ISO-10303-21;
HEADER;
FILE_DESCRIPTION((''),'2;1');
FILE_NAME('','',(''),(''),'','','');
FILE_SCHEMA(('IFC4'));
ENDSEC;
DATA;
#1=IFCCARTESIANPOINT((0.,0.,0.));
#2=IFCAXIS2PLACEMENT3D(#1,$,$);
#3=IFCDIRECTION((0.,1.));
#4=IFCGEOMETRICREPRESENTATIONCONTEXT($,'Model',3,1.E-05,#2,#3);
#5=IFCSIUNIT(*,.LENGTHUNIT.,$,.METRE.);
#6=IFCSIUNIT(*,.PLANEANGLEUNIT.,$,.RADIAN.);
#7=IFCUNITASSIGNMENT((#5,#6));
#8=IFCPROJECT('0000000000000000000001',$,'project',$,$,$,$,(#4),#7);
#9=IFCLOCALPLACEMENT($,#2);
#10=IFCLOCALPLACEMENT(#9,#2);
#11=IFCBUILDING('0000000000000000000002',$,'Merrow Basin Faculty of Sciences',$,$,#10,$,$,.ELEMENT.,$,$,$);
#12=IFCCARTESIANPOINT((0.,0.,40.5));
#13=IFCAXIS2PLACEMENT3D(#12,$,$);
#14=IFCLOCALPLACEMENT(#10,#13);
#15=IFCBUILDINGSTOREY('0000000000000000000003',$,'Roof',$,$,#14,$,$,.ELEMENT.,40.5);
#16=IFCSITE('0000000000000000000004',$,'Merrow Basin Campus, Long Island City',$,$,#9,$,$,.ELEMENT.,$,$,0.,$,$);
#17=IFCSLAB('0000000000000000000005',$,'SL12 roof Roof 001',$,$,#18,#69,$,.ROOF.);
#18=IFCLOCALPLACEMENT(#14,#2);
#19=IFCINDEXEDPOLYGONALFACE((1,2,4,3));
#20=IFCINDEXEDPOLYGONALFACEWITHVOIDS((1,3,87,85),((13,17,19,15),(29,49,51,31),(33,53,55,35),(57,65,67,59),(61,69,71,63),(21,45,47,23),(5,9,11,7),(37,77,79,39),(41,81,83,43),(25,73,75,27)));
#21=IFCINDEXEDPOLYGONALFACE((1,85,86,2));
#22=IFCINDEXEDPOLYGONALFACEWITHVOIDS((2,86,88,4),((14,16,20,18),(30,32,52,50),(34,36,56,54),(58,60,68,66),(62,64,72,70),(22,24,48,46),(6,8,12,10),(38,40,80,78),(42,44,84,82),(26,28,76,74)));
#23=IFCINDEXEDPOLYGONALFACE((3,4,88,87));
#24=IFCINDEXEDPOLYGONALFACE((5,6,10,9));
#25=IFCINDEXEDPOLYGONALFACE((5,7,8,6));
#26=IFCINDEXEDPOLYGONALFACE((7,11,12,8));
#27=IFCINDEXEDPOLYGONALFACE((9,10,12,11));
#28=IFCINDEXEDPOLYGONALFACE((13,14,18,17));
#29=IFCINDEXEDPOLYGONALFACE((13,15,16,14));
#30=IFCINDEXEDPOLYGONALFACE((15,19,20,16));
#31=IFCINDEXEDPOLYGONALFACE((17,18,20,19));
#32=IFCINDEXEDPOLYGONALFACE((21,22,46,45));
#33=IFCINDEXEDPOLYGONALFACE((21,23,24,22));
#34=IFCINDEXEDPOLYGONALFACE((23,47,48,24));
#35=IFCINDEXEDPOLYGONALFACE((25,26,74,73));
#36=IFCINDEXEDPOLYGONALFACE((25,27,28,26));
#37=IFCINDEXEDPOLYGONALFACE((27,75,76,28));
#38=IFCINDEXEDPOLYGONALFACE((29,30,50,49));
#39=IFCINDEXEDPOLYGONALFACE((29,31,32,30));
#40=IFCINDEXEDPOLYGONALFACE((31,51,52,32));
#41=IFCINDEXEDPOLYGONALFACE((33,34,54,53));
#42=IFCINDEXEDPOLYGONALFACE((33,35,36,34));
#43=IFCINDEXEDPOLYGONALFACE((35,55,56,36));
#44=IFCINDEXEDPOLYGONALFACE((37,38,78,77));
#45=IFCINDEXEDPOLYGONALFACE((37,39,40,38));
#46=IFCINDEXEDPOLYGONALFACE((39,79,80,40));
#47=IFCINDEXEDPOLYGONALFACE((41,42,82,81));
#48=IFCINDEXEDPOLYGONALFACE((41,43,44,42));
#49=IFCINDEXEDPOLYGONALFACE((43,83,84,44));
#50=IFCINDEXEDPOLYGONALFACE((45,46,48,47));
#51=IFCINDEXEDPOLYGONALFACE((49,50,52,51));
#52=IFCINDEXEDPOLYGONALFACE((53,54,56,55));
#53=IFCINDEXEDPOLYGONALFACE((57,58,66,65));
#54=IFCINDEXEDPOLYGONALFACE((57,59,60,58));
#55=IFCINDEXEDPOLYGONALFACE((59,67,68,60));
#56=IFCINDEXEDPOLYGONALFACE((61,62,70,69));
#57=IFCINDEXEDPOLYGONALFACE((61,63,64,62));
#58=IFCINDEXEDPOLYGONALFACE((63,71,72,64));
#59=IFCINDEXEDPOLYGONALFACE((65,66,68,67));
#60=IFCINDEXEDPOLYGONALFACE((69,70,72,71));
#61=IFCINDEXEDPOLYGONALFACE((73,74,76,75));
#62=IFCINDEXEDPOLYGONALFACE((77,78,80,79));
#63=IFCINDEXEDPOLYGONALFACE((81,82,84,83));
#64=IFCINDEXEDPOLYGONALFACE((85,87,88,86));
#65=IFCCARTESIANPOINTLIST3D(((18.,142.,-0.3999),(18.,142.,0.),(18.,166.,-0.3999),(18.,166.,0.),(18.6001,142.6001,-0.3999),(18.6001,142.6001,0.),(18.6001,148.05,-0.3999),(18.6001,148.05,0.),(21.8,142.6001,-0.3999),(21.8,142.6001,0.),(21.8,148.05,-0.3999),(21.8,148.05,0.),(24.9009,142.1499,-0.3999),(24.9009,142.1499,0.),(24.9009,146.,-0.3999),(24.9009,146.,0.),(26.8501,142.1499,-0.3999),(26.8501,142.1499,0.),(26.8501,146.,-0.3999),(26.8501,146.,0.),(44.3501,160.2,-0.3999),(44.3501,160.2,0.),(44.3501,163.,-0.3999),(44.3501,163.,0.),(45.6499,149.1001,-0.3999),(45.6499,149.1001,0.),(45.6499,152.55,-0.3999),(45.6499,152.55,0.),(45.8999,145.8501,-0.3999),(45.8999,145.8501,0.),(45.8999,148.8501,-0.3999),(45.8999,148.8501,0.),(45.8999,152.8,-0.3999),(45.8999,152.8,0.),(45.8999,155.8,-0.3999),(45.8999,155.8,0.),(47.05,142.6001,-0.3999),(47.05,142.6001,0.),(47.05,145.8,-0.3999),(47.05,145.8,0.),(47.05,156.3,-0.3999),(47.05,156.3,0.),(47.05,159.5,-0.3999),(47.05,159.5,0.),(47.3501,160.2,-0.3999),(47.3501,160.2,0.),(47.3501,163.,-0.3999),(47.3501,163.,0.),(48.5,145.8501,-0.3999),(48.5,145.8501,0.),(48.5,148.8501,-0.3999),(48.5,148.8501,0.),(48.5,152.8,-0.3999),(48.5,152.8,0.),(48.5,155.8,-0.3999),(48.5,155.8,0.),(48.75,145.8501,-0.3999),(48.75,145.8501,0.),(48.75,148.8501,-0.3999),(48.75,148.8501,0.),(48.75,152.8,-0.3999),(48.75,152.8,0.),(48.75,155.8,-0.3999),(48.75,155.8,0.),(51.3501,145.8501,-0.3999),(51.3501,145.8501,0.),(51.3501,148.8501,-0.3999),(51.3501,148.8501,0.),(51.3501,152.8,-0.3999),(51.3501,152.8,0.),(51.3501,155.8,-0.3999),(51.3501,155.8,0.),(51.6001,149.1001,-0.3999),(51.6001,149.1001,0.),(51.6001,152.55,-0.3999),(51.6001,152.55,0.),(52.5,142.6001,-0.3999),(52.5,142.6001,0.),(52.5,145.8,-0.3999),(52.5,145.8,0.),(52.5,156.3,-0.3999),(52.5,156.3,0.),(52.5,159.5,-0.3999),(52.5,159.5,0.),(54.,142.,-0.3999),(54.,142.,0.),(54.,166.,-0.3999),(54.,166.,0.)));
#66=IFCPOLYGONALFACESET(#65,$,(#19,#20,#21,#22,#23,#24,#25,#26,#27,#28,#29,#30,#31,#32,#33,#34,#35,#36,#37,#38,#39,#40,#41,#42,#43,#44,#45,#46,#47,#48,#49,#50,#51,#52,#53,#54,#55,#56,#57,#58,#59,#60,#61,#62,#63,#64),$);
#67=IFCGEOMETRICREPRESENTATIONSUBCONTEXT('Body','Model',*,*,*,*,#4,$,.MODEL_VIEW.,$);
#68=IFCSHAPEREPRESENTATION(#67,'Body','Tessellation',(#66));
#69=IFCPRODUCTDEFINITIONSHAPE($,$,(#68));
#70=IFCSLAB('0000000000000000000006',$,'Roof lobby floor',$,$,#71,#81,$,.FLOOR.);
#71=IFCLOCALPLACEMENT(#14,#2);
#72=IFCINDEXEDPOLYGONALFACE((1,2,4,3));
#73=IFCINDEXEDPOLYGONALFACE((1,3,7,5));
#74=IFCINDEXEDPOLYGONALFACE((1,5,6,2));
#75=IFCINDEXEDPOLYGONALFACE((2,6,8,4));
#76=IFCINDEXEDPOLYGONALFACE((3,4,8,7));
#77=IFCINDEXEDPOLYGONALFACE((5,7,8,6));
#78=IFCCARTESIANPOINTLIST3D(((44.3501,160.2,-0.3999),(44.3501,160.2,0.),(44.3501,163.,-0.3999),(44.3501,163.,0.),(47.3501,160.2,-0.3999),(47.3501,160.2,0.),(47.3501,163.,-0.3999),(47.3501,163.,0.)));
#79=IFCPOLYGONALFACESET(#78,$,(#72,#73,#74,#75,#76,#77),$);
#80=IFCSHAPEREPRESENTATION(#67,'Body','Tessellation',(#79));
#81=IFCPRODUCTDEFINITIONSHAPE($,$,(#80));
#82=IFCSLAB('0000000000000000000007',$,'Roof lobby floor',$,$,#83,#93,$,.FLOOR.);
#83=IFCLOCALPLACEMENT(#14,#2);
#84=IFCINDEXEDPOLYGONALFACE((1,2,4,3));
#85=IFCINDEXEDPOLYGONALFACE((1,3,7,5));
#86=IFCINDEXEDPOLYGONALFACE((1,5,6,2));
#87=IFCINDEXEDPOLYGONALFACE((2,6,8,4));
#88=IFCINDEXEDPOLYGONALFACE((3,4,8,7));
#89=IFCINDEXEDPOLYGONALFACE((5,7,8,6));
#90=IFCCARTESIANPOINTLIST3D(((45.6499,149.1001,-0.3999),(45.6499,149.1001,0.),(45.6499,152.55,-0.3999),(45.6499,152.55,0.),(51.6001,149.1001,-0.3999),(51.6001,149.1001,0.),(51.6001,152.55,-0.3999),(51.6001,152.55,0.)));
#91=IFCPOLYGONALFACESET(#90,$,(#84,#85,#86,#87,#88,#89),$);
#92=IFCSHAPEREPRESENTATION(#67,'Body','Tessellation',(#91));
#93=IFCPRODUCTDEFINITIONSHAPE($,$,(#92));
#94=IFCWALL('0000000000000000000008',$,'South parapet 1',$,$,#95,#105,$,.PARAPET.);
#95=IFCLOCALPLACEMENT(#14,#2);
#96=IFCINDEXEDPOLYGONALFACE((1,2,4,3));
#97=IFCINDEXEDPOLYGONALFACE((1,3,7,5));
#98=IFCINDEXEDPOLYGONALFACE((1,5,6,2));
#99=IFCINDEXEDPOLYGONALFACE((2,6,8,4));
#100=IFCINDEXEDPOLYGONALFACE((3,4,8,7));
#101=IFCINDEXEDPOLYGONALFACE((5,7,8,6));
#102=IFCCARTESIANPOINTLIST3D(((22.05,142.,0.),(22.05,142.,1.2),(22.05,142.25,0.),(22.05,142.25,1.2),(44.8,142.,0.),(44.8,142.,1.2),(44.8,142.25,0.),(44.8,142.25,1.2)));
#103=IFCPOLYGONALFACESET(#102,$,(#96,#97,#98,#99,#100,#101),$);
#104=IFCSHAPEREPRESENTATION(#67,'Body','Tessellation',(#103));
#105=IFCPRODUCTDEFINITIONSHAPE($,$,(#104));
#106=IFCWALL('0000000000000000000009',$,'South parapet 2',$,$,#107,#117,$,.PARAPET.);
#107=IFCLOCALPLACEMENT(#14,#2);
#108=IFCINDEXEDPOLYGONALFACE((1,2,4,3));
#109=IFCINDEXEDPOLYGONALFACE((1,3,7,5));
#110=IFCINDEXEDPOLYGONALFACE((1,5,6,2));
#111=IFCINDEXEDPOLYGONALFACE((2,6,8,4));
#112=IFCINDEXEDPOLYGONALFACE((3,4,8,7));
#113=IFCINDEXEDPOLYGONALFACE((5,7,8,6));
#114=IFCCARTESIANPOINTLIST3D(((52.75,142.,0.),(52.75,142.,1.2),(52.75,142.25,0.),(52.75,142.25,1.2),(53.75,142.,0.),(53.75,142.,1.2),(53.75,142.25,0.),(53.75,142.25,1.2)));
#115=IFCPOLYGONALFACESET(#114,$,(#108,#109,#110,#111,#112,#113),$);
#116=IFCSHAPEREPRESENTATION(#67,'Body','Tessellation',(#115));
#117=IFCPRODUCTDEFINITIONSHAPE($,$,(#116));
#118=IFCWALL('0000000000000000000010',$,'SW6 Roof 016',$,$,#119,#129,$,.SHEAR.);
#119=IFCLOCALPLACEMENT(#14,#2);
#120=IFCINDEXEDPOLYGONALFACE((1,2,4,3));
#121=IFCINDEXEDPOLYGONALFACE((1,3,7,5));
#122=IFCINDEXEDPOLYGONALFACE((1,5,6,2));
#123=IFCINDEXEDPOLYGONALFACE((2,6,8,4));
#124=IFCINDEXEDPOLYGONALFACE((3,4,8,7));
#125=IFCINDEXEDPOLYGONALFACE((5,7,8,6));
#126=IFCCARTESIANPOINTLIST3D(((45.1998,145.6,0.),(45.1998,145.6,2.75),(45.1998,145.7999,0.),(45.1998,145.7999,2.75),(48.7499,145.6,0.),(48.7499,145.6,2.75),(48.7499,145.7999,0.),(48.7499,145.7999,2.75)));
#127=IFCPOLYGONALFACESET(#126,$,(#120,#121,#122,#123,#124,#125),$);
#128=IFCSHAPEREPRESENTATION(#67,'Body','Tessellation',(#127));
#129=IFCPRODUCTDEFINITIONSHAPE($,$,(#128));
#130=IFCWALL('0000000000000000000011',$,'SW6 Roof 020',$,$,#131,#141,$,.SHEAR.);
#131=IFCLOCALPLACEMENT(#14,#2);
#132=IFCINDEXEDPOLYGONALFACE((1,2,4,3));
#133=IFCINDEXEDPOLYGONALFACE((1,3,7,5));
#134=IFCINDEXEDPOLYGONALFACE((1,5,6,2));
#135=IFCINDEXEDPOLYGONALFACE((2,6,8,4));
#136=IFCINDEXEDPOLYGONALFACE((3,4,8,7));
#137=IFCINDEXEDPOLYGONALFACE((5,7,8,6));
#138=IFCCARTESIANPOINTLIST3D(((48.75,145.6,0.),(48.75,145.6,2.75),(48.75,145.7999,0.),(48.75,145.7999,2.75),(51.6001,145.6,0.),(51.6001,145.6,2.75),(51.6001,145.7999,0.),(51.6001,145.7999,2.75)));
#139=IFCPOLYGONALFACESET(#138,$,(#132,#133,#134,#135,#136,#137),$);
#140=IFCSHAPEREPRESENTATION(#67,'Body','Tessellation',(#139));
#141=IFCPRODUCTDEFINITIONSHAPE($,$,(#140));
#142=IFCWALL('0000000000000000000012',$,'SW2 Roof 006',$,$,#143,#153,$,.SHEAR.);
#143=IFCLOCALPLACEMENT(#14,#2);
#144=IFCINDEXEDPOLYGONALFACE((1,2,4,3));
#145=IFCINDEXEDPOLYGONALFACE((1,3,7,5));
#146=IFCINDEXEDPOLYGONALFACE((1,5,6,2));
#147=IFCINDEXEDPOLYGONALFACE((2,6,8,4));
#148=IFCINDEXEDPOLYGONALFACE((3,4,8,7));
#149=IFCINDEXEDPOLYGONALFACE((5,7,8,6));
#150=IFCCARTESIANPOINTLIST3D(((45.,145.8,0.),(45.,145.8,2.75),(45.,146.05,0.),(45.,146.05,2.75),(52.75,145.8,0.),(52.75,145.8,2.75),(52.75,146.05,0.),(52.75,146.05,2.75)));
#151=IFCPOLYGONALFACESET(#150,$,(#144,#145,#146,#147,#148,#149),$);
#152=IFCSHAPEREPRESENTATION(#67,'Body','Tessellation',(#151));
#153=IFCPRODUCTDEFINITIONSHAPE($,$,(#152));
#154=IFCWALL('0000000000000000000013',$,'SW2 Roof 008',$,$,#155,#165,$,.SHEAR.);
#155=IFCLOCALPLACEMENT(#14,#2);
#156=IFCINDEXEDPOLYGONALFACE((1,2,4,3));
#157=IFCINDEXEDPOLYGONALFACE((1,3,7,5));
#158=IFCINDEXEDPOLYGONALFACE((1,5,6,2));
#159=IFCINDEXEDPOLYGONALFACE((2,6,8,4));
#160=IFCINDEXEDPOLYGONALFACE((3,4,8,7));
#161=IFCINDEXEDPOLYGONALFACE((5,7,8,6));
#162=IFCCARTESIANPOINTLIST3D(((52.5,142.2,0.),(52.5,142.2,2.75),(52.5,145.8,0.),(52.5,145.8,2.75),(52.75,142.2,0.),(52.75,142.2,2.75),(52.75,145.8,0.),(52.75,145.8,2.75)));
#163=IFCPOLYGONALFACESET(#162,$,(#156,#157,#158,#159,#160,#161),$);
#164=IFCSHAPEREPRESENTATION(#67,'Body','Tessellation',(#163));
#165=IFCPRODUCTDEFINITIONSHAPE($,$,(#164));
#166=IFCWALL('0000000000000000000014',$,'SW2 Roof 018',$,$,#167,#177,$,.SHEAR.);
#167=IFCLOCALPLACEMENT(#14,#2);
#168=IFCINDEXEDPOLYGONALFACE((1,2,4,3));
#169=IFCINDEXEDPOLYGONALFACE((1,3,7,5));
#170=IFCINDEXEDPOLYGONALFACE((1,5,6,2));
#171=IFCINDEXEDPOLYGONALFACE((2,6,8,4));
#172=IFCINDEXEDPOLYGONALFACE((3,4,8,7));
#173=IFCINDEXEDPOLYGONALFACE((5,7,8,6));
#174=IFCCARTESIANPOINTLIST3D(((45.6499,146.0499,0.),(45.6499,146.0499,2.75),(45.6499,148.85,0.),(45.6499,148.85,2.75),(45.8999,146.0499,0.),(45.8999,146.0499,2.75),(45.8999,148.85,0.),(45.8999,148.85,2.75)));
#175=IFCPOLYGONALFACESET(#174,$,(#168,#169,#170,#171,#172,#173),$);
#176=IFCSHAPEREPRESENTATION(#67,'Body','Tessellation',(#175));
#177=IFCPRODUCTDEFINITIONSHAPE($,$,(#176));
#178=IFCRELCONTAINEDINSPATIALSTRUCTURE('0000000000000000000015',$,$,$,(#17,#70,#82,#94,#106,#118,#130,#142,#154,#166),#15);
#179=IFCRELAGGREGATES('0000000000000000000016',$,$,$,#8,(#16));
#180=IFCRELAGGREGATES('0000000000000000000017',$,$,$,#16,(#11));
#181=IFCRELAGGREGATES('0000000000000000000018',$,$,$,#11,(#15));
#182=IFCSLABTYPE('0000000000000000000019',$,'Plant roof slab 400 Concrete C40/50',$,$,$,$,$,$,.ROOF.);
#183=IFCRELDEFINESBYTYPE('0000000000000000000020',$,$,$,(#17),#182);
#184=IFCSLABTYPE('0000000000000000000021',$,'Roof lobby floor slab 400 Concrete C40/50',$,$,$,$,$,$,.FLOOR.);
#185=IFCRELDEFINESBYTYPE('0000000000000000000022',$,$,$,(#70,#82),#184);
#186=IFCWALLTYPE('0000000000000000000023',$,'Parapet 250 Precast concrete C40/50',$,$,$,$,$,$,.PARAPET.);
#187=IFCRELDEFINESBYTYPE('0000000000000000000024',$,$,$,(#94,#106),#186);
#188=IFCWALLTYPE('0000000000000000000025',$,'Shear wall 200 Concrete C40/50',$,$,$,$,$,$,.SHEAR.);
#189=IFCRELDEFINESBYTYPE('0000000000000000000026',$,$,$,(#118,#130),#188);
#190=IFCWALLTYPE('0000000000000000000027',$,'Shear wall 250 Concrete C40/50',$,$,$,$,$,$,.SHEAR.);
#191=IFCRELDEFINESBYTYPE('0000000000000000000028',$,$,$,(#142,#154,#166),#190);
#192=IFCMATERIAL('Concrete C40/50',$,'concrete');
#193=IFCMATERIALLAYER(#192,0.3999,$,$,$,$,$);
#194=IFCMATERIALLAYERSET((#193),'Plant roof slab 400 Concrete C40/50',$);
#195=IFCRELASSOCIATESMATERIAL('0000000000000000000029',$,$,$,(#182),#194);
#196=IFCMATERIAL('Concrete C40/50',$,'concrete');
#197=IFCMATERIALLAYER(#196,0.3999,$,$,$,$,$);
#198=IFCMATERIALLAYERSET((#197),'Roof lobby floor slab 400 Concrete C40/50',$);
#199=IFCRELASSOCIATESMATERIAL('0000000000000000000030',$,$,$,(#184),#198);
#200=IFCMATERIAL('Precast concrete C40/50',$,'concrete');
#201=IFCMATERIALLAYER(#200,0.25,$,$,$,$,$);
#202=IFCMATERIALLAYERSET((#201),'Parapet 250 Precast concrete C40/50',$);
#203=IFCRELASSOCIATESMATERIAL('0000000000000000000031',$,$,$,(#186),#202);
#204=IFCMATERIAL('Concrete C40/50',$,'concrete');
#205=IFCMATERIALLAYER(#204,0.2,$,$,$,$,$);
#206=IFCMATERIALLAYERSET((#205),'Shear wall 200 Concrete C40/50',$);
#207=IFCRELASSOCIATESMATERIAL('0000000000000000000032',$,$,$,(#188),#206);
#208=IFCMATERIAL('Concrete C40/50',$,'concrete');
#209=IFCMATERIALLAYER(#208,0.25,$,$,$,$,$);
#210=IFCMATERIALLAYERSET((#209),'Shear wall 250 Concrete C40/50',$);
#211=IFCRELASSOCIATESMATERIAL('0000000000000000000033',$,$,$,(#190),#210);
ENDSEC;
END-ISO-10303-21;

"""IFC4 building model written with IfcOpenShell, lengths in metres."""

from ifc_helpers import new_model, si_unit, direction, frame, frame_2d, origin, place, context, subcontext, project, spatial, polyline, rectangle, outline, extrude, material, layer, layer_set, type_object, element, save


model = new_model("IFC4")

# Units and contexts
model_context = context("Model", 3, precision=1e-05, world=origin(), true_north=direction((0.0, 1.0)))
body_context = subcontext(model_context, "Body", "Model", "MODEL_VIEW")
ifc_project = project(units=[si_unit("LENGTHUNIT", "METRE"), si_unit("PLANEANGLEUNIT", "RADIAN")], contexts=[model_context])

# Site, building, storey
site_placement = place(None, origin())
site = spatial("IfcSite", under=ifc_project, at=site_placement, Name="Merrow Basin Campus, Long Island City", CompositionType="ELEMENT", RefElevation=0.0)
building_placement = place(site_placement, origin())
building = spatial("IfcBuilding", under=site, at=building_placement, Name="Merrow Basin Faculty of Sciences", CompositionType="ELEMENT")
storey_placement = place(building_placement, frame((0.0, 0.0, 40.5)))
storey = spatial("IfcBuildingStorey", under=building, at=storey_placement, Name="Roof", CompositionType="ELEMENT", Elevation=40.5)

# Slabs
ifc_material_1 = material(Name="Concrete C40/50", Category="concrete")
ifc_layer_1 = layer(ifc_material_1, 0.3999)
ifc_layer_set_1 = layer_set([ifc_layer_1], Name="Plant roof slab 400 Concrete C40/50")
slab_type_1 = type_object("IfcSlabType", Name="Plant roof slab 400 Concrete C40/50", PredefinedType="ROOF", material=ifc_layer_set_1)
slab_1_placement = place(storey_placement, frame((0.0, 0.0, -0.3999)))
element("IfcSlab", 1, at=slab_1_placement, inside=storey, type_object=slab_type_1, Name="SL12 roof Roof 001", PredefinedType="ROOF", context=body_context, shape_type="SweptSolid", body=[
    extrude(outline(polyline([(18.0, 166.0), (54.0, 166.0), (54.0, 142.0), (18.0, 142.0), (18.0, 166.0)]), holes=[polyline([(47.05, 142.6001), (52.5, 142.6001), (52.5, 145.8), (47.05, 145.8), (47.05, 142.6001)]), polyline([(47.05, 156.3), (52.5, 156.3), (52.5, 159.5), (47.05, 159.5), (47.05, 156.3)]), polyline([(48.75, 145.8501), (51.3501, 145.8501), (51.3501, 148.8501), (48.75, 148.8501), (48.75, 145.8501)]), polyline([(48.75, 152.8), (51.3501, 152.8), (51.3501, 155.8), (48.75, 155.8), (48.75, 152.8)]), polyline([(45.8999, 145.8501), (48.5, 145.8501), (48.5, 148.8501), (45.8999, 148.8501), (45.8999, 145.8501)]), polyline([(45.8999, 152.8), (48.5, 152.8), (48.5, 155.8), (45.8999, 155.8), (45.8999, 152.8)]), polyline([(24.9009, 142.1499), (26.8501, 142.1499), (26.8501, 146.0), (24.9009, 146.0), (24.9009, 142.1499)]), polyline([(18.6001, 142.6001), (21.8, 142.6001), (21.8, 148.05), (18.6001, 148.05), (18.6001, 142.6001)]), polyline([(44.3501, 160.2), (47.3501, 160.2), (47.3501, 163.0), (44.3501, 163.0), (44.3501, 160.2)]), polyline([(45.6499, 149.1001), (51.6001, 149.1001), (51.6001, 152.55), (45.6499, 152.55), (45.6499, 149.1001)])]), origin(), (0.0, 0.0, 1.0), 0.3999),
])
ifc_material_2 = material(Name="Concrete C40/50", Category="concrete")
ifc_layer_2 = layer(ifc_material_2, 0.3999)
ifc_layer_set_2 = layer_set([ifc_layer_2], Name="Roof lobby floor slab 400 Concrete C40/50")
slab_type_2 = type_object("IfcSlabType", Name="Roof lobby floor slab 400 Concrete C40/50", PredefinedType="FLOOR", material=ifc_layer_set_2)
slab_2_placement = place(storey_placement, frame((0.0, 0.0, -0.3999)))
element("IfcSlab", 2, at=slab_2_placement, inside=storey, type_object=slab_type_2, Name="Roof lobby floor", PredefinedType="FLOOR", context=body_context, shape_type="SweptSolid", body=[
    extrude(outline(polyline([(44.3501, 160.2), (47.3501, 160.2), (47.3501, 163.0), (44.3501, 163.0), (44.3501, 160.2)])), origin(), (0.0, 0.0, 1.0), 0.3999),
])
slab_3_placement = place(storey_placement, frame((0.0, 0.0, -0.3999)))
element("IfcSlab", 3, at=slab_3_placement, inside=storey, type_object=slab_type_2, Name="Roof lobby floor", PredefinedType="FLOOR", context=body_context, shape_type="SweptSolid", body=[
    extrude(outline(polyline([(45.6499, 149.1001), (51.6001, 149.1001), (51.6001, 152.55), (45.6499, 152.55), (45.6499, 149.1001)])), origin(), (0.0, 0.0, 1.0), 0.3999),
])

# Walls
ifc_material_3 = material(Name="Precast concrete C40/50", Category="concrete")
ifc_layer_3 = layer(ifc_material_3, 0.25)
ifc_layer_set_3 = layer_set([ifc_layer_3], Name="Parapet 250 Precast concrete C40/50")
wall_type_1 = type_object("IfcWallType", Name="Parapet 250 Precast concrete C40/50", PredefinedType="PARAPET", material=ifc_layer_set_3)
wall_1_placement = place(storey_placement, frame((44.8, 142.125, 0.0), z_axis=(0.0, 0.0, 1.0), x_axis=(-1.0, 0.0, 0.0)))
element("IfcWall", 4, at=wall_1_placement, inside=storey, type_object=wall_type_1, Name="South parapet 1", PredefinedType="PARAPET", context=body_context, shape_type="SweptSolid", body=[
    extrude(rectangle(XDim=22.75, YDim=0.25, at=frame_2d((11.375, 0.0))), origin(), (0.0, 0.0, 1.0), 1.2),
])
wall_2_placement = place(storey_placement, frame((53.75, 142.125, 0.0), z_axis=(0.0, 0.0, 1.0), x_axis=(-1.0, 0.0, 0.0)))
element("IfcWall", 5, at=wall_2_placement, inside=storey, type_object=wall_type_1, Name="South parapet 2", PredefinedType="PARAPET", context=body_context, shape_type="SweptSolid", body=[
    extrude(rectangle(XDim=1.0, YDim=0.25, at=frame_2d((0.5, 0.0))), origin(), (0.0, 0.0, 1.0), 1.2),
])
ifc_material_4 = material(Name="Concrete C40/50", Category="concrete")
ifc_layer_4 = layer(ifc_material_4, 0.2)
ifc_layer_set_4 = layer_set([ifc_layer_4], Name="Shear wall 200 Concrete C40/50")
wall_type_2 = type_object("IfcWallType", Name="Shear wall 200 Concrete C40/50", PredefinedType="SHEAR", material=ifc_layer_set_4)
wall_3_placement = place(storey_placement, frame((45.2, 145.7, 0.0), z_axis=(0.0, 0.0, 1.0), x_axis=(1.0, 0.0, 0.0)))
element("IfcWall", 6, at=wall_3_placement, inside=storey, type_object=wall_type_2, Name="SW6 Roof 016", PredefinedType="SHEAR", context=body_context, shape_type="SweptSolid", body=[
    extrude(rectangle(XDim=3.55, YDim=0.2, at=frame_2d((1.7749, 0.0))), origin(), (0.0, 0.0, 1.0), 2.75),
])
wall_4_placement = place(storey_placement, frame((48.75, 145.7, 0.0), z_axis=(0.0, 0.0, 1.0), x_axis=(1.0, 0.0, 0.0)))
element("IfcWall", 7, at=wall_4_placement, inside=storey, type_object=wall_type_2, Name="SW6 Roof 020", PredefinedType="SHEAR", context=body_context, shape_type="SweptSolid", body=[
    extrude(rectangle(XDim=2.8501, YDim=0.2, at=frame_2d((1.425, 0.0))), origin(), (0.0, 0.0, 1.0), 2.75),
])
ifc_material_5 = material(Name="Concrete C40/50", Category="concrete")
ifc_layer_5 = layer(ifc_material_5, 0.25)
ifc_layer_set_5 = layer_set([ifc_layer_5], Name="Shear wall 250 Concrete C40/50")
wall_type_3 = type_object("IfcWallType", Name="Shear wall 250 Concrete C40/50", PredefinedType="SHEAR", material=ifc_layer_set_5)
wall_5_placement = place(storey_placement, frame((45.0, 145.925, 0.0), z_axis=(0.0, 0.0, 1.0), x_axis=(1.0, 0.0, 0.0)))
element("IfcWall", 8, at=wall_5_placement, inside=storey, type_object=wall_type_3, Name="SW2 Roof 006", PredefinedType="SHEAR", context=body_context, shape_type="SweptSolid", body=[
    extrude(rectangle(XDim=7.75, YDim=0.25, at=frame_2d((3.875, 0.0))), origin(), (0.0, 0.0, 1.0), 2.75),
])
wall_6_placement = place(storey_placement, frame((52.625, 142.2, 0.0), z_axis=(0.0, 0.0, 1.0), x_axis=(0.0, 1.0, 0.0)))
element("IfcWall", 9, at=wall_6_placement, inside=storey, type_object=wall_type_3, Name="SW2 Roof 008", PredefinedType="SHEAR", context=body_context, shape_type="SweptSolid", body=[
    extrude(rectangle(XDim=3.6001, YDim=0.25, at=frame_2d((1.8, 0.0))), origin(), (0.0, 0.0, 1.0), 2.75),
])
for number, where, z_axis, x_axis, name in (
    (10, (45.7749, 146.05, 0.0), (0.0, 0.0, 1.0), (0.0, 1.0, 0.0), "SW2 Roof 018"),
):
    element("IfcWall", number, at=place(storey_placement, frame(where, z_axis=z_axis, x_axis=x_axis)), inside=storey, type_object=wall_type_3, Name=name, PredefinedType="SHEAR", context=body_context, shape_type="SweptSolid", body=[
        extrude(rectangle(XDim=2.8, YDim=0.25, at=frame_2d((1.3999, 0.0))), origin(), (0.0, 0.0, 1.0), 2.75),
    ])

save(model, "model.ifc")
